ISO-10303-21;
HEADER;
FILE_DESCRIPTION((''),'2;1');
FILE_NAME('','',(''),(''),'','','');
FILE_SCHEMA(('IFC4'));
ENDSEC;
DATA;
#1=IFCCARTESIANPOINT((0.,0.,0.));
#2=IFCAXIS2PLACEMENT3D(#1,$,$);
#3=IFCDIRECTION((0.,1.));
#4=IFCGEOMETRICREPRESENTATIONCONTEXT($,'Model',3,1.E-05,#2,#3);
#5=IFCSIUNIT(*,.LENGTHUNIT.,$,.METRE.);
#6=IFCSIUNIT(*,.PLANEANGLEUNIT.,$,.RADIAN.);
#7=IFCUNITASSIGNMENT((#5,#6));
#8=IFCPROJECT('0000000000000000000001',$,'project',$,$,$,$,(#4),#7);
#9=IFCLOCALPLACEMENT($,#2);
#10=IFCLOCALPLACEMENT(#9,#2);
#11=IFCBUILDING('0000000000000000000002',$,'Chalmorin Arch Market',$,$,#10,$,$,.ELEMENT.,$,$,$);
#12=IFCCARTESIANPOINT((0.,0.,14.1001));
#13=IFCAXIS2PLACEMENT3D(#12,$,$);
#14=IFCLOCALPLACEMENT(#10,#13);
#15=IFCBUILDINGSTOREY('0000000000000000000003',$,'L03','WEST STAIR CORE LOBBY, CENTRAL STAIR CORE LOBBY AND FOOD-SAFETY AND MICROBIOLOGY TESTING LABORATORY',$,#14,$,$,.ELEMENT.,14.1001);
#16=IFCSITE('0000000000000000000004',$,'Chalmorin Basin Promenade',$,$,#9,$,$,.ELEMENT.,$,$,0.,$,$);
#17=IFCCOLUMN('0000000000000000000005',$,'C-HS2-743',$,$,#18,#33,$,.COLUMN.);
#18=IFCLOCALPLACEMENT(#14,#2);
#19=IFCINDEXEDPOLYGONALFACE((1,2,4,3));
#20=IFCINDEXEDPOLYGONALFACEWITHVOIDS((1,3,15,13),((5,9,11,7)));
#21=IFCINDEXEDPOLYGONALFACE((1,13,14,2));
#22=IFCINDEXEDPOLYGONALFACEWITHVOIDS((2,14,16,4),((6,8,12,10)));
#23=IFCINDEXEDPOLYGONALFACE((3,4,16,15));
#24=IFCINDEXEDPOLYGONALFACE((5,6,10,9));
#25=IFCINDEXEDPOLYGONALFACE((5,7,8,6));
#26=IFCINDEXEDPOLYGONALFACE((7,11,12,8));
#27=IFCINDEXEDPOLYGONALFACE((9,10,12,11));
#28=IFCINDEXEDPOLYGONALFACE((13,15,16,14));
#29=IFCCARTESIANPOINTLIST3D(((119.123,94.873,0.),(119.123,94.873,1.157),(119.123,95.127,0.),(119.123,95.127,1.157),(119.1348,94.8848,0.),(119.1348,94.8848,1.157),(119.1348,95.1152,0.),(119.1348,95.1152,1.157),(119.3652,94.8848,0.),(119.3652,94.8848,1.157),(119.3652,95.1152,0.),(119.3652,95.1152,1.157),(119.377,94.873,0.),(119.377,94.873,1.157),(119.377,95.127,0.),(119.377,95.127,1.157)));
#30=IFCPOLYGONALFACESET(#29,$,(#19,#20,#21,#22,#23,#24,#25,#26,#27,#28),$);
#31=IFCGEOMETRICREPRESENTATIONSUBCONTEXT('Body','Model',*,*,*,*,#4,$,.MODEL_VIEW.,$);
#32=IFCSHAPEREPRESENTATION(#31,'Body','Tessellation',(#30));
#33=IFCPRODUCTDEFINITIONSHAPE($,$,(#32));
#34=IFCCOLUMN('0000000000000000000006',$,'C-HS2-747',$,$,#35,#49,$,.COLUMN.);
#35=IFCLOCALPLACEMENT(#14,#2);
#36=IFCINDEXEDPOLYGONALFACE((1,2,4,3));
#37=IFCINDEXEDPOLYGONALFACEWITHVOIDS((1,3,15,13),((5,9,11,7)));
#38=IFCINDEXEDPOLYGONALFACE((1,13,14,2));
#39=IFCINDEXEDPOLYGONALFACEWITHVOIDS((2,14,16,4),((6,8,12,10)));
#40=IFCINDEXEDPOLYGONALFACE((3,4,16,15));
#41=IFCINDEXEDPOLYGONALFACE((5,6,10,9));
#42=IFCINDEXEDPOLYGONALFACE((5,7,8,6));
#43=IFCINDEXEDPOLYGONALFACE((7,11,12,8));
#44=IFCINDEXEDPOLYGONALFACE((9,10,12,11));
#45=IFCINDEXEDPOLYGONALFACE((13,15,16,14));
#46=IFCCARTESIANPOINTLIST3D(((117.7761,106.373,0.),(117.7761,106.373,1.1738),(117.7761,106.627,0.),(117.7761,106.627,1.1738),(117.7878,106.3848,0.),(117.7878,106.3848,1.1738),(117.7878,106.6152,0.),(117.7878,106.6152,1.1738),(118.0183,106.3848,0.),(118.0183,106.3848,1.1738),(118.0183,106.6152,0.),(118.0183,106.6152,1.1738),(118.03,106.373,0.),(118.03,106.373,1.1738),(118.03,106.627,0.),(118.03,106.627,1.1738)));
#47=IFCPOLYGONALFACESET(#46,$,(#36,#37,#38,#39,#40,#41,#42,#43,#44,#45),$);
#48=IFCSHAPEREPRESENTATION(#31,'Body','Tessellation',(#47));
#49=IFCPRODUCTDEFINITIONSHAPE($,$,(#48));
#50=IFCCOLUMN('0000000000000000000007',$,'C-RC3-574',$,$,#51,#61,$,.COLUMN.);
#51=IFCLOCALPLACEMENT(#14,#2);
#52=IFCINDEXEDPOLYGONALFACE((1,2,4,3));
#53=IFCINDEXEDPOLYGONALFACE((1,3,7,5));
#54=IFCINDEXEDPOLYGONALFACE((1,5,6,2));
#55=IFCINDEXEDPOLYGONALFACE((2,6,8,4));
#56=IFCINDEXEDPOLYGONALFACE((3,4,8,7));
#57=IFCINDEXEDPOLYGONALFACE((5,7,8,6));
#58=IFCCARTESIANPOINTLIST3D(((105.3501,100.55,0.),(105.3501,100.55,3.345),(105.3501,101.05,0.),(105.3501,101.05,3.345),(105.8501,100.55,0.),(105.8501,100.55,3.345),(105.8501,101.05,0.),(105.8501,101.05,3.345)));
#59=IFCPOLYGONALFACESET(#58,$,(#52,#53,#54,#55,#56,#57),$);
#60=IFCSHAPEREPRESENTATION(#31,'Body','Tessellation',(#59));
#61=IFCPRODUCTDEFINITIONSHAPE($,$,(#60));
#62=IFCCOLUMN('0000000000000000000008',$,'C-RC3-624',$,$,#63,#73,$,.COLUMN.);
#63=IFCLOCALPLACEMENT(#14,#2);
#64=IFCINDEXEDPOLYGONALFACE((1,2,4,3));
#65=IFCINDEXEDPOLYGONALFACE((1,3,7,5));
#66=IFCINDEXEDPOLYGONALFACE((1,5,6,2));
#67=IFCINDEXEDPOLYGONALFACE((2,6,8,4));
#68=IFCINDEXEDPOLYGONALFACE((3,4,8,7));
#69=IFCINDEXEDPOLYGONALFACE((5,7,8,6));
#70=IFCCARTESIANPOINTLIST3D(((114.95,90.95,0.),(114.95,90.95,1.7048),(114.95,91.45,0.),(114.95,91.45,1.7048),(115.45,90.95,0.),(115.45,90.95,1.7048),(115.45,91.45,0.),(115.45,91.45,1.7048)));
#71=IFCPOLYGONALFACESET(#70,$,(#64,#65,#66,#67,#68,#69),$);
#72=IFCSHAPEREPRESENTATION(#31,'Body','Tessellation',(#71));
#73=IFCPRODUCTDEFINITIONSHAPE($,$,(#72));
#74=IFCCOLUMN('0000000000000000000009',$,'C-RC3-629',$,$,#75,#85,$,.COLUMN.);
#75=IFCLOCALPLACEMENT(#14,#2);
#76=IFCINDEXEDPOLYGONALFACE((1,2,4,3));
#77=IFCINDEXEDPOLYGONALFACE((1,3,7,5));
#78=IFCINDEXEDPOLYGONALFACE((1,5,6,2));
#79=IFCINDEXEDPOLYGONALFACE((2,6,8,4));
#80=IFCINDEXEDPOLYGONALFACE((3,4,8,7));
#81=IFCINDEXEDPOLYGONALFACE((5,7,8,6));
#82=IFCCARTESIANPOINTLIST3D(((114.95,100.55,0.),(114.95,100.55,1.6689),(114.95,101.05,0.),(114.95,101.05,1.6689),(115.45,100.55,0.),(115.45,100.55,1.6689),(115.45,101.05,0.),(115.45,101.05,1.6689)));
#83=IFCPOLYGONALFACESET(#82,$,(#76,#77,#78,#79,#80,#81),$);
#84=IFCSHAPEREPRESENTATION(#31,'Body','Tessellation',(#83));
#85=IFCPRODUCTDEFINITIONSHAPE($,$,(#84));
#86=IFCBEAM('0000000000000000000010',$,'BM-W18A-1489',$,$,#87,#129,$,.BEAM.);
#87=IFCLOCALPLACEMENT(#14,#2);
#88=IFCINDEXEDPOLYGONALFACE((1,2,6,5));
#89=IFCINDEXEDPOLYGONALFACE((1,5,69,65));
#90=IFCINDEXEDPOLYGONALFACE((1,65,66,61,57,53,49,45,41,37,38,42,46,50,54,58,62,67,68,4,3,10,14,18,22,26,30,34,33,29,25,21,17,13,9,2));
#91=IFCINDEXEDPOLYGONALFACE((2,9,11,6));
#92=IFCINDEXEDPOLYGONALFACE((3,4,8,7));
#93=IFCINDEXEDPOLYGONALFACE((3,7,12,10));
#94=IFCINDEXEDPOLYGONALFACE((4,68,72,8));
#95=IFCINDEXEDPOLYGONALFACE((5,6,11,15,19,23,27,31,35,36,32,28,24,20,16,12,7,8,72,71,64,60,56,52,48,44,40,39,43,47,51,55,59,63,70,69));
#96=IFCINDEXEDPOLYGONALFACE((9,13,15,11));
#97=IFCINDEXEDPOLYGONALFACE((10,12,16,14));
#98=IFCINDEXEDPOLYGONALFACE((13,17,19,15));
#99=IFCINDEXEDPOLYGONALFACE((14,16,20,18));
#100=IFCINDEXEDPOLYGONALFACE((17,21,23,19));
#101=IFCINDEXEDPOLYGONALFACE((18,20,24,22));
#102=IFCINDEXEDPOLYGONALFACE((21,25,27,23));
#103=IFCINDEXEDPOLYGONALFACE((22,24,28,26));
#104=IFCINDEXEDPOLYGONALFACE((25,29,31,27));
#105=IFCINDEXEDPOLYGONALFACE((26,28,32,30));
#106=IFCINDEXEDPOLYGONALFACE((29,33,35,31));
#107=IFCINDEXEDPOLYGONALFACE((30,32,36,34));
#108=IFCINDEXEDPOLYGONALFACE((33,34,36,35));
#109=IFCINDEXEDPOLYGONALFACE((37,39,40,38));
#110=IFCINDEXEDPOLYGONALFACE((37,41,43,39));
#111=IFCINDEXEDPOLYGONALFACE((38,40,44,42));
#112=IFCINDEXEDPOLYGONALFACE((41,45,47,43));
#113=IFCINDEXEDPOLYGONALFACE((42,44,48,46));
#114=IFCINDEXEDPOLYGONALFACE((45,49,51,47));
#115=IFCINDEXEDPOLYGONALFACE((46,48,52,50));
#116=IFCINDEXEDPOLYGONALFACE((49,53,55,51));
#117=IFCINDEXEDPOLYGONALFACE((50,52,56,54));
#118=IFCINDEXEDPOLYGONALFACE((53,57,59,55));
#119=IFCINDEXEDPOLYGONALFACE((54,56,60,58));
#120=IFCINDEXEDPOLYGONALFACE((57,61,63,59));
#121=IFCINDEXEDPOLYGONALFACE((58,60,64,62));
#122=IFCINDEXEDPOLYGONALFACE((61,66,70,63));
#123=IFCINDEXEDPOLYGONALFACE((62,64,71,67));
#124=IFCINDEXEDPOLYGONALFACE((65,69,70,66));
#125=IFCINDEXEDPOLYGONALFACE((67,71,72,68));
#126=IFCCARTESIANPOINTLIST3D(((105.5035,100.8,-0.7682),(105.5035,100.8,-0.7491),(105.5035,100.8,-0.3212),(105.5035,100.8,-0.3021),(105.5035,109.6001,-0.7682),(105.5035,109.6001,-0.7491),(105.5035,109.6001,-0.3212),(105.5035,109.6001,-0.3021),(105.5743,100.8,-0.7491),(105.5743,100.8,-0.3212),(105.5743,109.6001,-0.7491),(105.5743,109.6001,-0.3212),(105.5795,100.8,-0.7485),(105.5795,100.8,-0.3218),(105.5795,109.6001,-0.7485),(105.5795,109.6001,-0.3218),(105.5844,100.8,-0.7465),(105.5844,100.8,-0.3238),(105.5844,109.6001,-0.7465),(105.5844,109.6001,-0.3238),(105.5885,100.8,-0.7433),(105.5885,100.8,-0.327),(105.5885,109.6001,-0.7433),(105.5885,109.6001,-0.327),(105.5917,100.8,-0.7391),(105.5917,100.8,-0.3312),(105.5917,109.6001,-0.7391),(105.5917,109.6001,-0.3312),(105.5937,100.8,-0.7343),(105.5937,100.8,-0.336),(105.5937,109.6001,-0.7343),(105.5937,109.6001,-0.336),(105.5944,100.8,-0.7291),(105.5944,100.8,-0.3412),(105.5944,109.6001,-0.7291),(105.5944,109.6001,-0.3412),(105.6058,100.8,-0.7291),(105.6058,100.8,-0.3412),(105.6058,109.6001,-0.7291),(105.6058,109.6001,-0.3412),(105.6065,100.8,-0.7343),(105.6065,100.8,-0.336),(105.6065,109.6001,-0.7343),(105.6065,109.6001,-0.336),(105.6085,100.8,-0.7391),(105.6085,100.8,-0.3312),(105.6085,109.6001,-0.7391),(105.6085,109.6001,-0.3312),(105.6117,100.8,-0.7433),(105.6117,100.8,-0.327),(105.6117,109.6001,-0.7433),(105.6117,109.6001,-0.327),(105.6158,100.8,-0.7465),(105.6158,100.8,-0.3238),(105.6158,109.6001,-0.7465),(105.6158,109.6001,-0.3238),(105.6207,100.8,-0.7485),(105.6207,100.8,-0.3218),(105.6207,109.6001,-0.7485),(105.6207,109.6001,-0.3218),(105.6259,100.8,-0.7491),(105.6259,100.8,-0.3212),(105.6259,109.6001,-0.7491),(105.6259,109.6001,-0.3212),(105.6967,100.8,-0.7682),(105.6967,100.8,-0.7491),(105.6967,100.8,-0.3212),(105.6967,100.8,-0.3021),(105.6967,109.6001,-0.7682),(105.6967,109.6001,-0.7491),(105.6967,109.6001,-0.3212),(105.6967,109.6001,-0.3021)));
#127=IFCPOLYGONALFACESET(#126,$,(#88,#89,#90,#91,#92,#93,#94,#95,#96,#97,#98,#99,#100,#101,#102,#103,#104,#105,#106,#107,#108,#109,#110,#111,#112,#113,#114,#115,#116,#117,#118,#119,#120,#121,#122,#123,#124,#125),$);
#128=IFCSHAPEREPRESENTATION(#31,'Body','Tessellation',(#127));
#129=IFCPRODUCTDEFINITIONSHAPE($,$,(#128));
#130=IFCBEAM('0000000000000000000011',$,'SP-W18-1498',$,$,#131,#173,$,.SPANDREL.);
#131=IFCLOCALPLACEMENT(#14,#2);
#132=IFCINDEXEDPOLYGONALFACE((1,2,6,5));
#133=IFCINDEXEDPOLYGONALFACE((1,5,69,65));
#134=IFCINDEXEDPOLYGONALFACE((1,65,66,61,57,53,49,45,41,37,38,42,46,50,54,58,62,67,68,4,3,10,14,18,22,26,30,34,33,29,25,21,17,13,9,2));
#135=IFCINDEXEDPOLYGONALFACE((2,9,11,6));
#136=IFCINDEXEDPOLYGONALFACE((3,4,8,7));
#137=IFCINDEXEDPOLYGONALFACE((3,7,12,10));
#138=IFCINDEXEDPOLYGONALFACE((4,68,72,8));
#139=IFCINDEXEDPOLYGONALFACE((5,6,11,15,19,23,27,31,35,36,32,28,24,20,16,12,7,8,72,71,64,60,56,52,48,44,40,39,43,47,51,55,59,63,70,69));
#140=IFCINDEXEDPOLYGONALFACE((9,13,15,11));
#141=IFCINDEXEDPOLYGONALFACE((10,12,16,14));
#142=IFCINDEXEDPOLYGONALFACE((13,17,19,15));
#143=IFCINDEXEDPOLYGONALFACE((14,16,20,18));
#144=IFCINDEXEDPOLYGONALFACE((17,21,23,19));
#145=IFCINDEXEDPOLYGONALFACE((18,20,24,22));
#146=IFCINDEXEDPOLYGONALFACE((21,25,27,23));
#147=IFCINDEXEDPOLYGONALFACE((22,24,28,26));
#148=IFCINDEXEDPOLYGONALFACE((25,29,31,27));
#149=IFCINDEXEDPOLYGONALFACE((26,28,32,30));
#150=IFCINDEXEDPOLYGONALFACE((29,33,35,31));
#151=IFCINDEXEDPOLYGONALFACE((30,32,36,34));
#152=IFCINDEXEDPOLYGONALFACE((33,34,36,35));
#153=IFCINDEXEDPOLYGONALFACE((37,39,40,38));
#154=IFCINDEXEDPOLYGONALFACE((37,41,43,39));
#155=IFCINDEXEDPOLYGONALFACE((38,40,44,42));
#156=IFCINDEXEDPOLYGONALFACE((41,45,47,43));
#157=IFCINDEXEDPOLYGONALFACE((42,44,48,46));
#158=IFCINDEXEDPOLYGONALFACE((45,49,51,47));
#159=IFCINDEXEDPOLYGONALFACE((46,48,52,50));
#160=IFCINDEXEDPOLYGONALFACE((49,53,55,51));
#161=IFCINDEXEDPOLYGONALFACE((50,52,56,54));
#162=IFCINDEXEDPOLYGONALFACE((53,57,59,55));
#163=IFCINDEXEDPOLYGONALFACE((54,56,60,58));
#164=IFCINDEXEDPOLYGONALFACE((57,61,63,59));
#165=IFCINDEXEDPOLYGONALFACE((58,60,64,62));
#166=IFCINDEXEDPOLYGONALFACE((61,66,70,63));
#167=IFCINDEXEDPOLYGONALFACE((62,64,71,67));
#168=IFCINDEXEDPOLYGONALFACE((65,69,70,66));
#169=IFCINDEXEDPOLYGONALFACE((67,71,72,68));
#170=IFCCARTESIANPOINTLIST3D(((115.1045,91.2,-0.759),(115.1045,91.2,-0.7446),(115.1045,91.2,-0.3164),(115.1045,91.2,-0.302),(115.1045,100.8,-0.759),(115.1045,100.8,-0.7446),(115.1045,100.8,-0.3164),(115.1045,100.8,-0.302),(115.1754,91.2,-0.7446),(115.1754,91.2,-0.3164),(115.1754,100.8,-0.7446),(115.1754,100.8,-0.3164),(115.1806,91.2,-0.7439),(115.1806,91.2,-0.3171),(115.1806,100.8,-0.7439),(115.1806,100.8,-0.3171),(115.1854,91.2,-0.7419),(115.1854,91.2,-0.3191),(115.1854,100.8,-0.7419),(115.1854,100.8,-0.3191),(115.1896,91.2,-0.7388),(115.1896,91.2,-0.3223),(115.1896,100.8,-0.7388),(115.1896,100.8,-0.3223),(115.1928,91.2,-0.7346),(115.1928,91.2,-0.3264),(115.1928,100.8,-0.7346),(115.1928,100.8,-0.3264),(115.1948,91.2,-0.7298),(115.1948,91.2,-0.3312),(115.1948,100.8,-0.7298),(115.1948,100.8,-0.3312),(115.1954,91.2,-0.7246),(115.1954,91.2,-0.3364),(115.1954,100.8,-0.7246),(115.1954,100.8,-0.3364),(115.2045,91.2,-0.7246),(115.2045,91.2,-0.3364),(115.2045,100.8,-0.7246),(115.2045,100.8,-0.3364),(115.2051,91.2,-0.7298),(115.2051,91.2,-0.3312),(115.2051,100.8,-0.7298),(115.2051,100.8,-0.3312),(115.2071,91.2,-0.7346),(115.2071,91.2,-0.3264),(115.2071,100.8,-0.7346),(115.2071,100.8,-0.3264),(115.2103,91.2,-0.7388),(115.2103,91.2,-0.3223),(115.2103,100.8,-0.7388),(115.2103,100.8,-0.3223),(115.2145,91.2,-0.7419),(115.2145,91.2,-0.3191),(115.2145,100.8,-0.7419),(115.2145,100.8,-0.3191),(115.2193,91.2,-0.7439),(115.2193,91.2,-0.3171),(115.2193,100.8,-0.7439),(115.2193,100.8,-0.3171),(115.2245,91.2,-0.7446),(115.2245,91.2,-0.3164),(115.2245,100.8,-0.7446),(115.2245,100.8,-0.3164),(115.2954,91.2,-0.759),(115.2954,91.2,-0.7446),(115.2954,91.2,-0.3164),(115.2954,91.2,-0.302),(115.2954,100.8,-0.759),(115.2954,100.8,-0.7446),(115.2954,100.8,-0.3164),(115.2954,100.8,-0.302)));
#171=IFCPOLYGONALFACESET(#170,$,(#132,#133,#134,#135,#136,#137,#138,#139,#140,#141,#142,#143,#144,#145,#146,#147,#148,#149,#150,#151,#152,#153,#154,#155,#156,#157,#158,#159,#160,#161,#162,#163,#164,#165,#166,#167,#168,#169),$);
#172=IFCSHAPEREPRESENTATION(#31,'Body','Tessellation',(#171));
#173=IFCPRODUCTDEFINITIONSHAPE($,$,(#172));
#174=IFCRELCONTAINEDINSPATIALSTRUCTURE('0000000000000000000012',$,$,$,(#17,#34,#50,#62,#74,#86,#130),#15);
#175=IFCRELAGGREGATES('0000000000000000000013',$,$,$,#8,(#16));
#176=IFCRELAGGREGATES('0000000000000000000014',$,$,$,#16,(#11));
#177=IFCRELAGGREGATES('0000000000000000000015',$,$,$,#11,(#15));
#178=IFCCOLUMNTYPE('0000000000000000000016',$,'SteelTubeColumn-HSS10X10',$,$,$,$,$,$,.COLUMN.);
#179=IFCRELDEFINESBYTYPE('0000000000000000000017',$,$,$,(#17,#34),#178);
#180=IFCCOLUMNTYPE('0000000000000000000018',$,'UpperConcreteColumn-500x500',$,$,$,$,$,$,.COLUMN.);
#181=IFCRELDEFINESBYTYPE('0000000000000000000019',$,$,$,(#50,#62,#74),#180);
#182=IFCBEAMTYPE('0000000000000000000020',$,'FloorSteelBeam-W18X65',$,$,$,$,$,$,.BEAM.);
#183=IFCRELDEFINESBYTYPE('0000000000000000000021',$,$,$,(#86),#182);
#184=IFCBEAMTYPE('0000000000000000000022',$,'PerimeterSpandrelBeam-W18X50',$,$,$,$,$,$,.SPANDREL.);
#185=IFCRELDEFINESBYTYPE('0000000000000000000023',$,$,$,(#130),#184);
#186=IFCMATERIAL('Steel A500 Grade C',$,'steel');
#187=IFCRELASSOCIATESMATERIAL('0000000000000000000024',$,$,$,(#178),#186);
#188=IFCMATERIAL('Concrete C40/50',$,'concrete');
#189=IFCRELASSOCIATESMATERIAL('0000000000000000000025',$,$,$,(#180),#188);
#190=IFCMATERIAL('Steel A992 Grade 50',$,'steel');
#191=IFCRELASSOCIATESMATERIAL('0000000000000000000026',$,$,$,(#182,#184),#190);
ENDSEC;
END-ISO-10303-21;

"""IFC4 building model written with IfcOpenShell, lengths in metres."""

from ifc_helpers import new_model, si_unit, direction, frame, origin, origin_2d, place, context, subcontext, project, spatial, rectangle, hollow_rectangle, i_section, extrude, material, material_profile, profile_set, type_object, element, save


model = new_model("IFC4")

# Units and contexts
model_context = context("Model", 3, precision=1e-05, world=origin(), true_north=direction((0.0, 1.0)))
body_context = subcontext(model_context, "Body", "Model", "MODEL_VIEW")
ifc_project = project(units=[si_unit("LENGTHUNIT", "METRE"), si_unit("PLANEANGLEUNIT", "RADIAN")], contexts=[model_context])

# Site, building, storey
site_placement = place(None, origin())
site = spatial("IfcSite", under=ifc_project, at=site_placement, Name="Chalmorin Basin Promenade", CompositionType="ELEMENT", RefElevation=0.0)
building_placement = place(site_placement, origin())
building = spatial("IfcBuilding", under=site, at=building_placement, Name="Chalmorin Arch Market", CompositionType="ELEMENT")
storey_placement = place(building_placement, frame((0.0, 0.0, 14.1001)))
storey = spatial("IfcBuildingStorey", under=building, at=storey_placement, Name="L03", Description="WEST STAIR CORE LOBBY, CENTRAL STAIR CORE LOBBY AND FOOD-SAFETY AND MICROBIOLOGY TESTING LABORATORY", CompositionType="ELEMENT", Elevation=14.1001)

# Columns
ifc_material_1 = material(Name="Steel A500 Grade C", Category="steel")
ifc_material_profile_1 = material_profile(ifc_material_1, hollow_rectangle(XDim=0.2539, YDim=0.2539, WallThickness=0.0117, at=origin_2d()), Name="HSS10X10X1/2")
ifc_profile_set_1 = profile_set([ifc_material_profile_1], Name="Steel A500 Grade C")
column_type_1 = type_object("IfcColumnType", Name="SteelTubeColumn-HSS10X10", PredefinedType="COLUMN", material=ifc_profile_set_1)
column_1_placement = place(storey_placement, frame((119.25, 95.0, 0.0), z_axis=(0.0, 0.0, 1.0), x_axis=(1.0, 0.0, 0.0)))
element("IfcColumn", 1, at=column_1_placement, inside=storey, type_object=column_type_1, Name="C-HS2-743", PredefinedType="COLUMN", context=body_context, shape_type="SweptSolid", body=[
    extrude(hollow_rectangle(XDim=0.2539, YDim=0.2539, WallThickness=0.0117, at=origin_2d()), origin(), (0.0, 0.0, 1.0), 1.157),
])
column_2_placement = place(storey_placement, frame((117.9031, 106.5, 0.0), z_axis=(0.0, 0.0, 1.0), x_axis=(1.0, 0.0, 0.0)))
element("IfcColumn", 2, at=column_2_placement, inside=storey, type_object=column_type_1, Name="C-HS2-747", PredefinedType="COLUMN", context=body_context, shape_type="SweptSolid", body=[
    extrude(hollow_rectangle(XDim=0.2539, YDim=0.2539, WallThickness=0.0117, at=origin_2d()), origin(), (0.0, 0.0, 1.0), 1.1738),
])
ifc_material_2 = material(Name="Concrete C40/50", Category="concrete")
ifc_material_profile_2 = material_profile(ifc_material_2, rectangle(XDim=0.5, YDim=0.5, at=origin_2d()), Name="RC500X500")
ifc_profile_set_2 = profile_set([ifc_material_profile_2], Name="Concrete C40/50")
column_type_2 = type_object("IfcColumnType", Name="UpperConcreteColumn-500x500", PredefinedType="COLUMN", material=ifc_profile_set_2)
column_3_placement = place(storey_placement, frame((105.6001, 100.8, 0.0), z_axis=(0.0, 0.0, 1.0), x_axis=(1.0, 0.0, 0.0)))
element("IfcColumn", 3, at=column_3_placement, inside=storey, type_object=column_type_2, Name="C-RC3-574", PredefinedType="COLUMN", context=body_context, shape_type="SweptSolid", body=[
    extrude(rectangle(XDim=0.5, YDim=0.5, at=origin_2d()), origin(), (0.0, 0.0, 1.0), 3.345),
])
column_4_placement = place(storey_placement, frame((115.2, 91.2, 0.0), z_axis=(0.0, 0.0, 1.0), x_axis=(1.0, 0.0, 0.0)))
element("IfcColumn", 4, at=column_4_placement, inside=storey, type_object=column_type_2, Name="C-RC3-624", PredefinedType="COLUMN", context=body_context, shape_type="SweptSolid", body=[
    extrude(rectangle(XDim=0.5, YDim=0.5, at=origin_2d()), origin(), (0.0, 0.0, 1.0), 1.7048),
])
column_5_placement = place(storey_placement, frame((115.2, 100.8, 0.0), z_axis=(0.0, 0.0, 1.0), x_axis=(1.0, 0.0, 0.0)))
element("IfcColumn", 5, at=column_5_placement, inside=storey, type_object=column_type_2, Name="C-RC3-629", PredefinedType="COLUMN", context=body_context, shape_type="SweptSolid", body=[
    extrude(rectangle(XDim=0.5, YDim=0.5, at=origin_2d()), origin(), (0.0, 0.0, 1.0), 1.6689),
])

# Beams
ifc_material_3 = material(Name="Steel A992 Grade 50", Category="steel")
ifc_material_profile_3 = material_profile(ifc_material_3, i_section(OverallWidth=0.1931, OverallDepth=0.4661, WebThickness=0.0115, FlangeThickness=0.019, FilletRadius=0.02, at=origin_2d()), Name="W18X65")
ifc_profile_set_3 = profile_set([ifc_material_profile_3], Name="Steel A992 Grade 50")
beam_type_1 = type_object("IfcBeamType", Name="FloorSteelBeam-W18X65", PredefinedType="BEAM", material=ifc_profile_set_3)
beam_1_placement = place(storey_placement, frame((105.6001, 100.8, -0.5352), z_axis=(0.0, 1.0, 0.0), x_axis=(-1.0, 0.0, 0.0)))
element("IfcBeam", 6, at=beam_1_placement, inside=storey, type_object=beam_type_1, Name="BM-W18A-1489", PredefinedType="BEAM", context=body_context, shape_type="SweptSolid", body=[
    extrude(i_section(OverallWidth=0.1931, OverallDepth=0.4661, WebThickness=0.0115, FlangeThickness=0.019, FilletRadius=0.02, at=origin_2d()), origin(), (0.0, 0.0, 1.0), 8.8),
])
ifc_material_profile_4 = material_profile(ifc_material_3, i_section(OverallWidth=0.1909, OverallDepth=0.457, WebThickness=0.009, FlangeThickness=0.0144, FilletRadius=0.02, at=origin_2d()), Name="W18X50")
ifc_profile_set_4 = profile_set([ifc_material_profile_4], Name="Steel A992 Grade 50")
beam_type_2 = type_object("IfcBeamType", Name="PerimeterSpandrelBeam-W18X50", PredefinedType="SPANDREL", material=ifc_profile_set_4)
beam_2_placement = place(storey_placement, frame((115.2, 91.2, -0.5305), z_axis=(0.0, 1.0, 0.0), x_axis=(-1.0, 0.0, 0.0)))
element("IfcBeam", 7, at=beam_2_placement, inside=storey, type_object=beam_type_2, Name="SP-W18-1498", PredefinedType="SPANDREL", context=body_context, shape_type="SweptSolid", body=[
    extrude(i_section(OverallWidth=0.1909, OverallDepth=0.457, WebThickness=0.009, FlangeThickness=0.0144, FilletRadius=0.02, at=origin_2d()), origin(), (0.0, 0.0, 1.0), 9.6001),
])

save(model, "model.ifc")
